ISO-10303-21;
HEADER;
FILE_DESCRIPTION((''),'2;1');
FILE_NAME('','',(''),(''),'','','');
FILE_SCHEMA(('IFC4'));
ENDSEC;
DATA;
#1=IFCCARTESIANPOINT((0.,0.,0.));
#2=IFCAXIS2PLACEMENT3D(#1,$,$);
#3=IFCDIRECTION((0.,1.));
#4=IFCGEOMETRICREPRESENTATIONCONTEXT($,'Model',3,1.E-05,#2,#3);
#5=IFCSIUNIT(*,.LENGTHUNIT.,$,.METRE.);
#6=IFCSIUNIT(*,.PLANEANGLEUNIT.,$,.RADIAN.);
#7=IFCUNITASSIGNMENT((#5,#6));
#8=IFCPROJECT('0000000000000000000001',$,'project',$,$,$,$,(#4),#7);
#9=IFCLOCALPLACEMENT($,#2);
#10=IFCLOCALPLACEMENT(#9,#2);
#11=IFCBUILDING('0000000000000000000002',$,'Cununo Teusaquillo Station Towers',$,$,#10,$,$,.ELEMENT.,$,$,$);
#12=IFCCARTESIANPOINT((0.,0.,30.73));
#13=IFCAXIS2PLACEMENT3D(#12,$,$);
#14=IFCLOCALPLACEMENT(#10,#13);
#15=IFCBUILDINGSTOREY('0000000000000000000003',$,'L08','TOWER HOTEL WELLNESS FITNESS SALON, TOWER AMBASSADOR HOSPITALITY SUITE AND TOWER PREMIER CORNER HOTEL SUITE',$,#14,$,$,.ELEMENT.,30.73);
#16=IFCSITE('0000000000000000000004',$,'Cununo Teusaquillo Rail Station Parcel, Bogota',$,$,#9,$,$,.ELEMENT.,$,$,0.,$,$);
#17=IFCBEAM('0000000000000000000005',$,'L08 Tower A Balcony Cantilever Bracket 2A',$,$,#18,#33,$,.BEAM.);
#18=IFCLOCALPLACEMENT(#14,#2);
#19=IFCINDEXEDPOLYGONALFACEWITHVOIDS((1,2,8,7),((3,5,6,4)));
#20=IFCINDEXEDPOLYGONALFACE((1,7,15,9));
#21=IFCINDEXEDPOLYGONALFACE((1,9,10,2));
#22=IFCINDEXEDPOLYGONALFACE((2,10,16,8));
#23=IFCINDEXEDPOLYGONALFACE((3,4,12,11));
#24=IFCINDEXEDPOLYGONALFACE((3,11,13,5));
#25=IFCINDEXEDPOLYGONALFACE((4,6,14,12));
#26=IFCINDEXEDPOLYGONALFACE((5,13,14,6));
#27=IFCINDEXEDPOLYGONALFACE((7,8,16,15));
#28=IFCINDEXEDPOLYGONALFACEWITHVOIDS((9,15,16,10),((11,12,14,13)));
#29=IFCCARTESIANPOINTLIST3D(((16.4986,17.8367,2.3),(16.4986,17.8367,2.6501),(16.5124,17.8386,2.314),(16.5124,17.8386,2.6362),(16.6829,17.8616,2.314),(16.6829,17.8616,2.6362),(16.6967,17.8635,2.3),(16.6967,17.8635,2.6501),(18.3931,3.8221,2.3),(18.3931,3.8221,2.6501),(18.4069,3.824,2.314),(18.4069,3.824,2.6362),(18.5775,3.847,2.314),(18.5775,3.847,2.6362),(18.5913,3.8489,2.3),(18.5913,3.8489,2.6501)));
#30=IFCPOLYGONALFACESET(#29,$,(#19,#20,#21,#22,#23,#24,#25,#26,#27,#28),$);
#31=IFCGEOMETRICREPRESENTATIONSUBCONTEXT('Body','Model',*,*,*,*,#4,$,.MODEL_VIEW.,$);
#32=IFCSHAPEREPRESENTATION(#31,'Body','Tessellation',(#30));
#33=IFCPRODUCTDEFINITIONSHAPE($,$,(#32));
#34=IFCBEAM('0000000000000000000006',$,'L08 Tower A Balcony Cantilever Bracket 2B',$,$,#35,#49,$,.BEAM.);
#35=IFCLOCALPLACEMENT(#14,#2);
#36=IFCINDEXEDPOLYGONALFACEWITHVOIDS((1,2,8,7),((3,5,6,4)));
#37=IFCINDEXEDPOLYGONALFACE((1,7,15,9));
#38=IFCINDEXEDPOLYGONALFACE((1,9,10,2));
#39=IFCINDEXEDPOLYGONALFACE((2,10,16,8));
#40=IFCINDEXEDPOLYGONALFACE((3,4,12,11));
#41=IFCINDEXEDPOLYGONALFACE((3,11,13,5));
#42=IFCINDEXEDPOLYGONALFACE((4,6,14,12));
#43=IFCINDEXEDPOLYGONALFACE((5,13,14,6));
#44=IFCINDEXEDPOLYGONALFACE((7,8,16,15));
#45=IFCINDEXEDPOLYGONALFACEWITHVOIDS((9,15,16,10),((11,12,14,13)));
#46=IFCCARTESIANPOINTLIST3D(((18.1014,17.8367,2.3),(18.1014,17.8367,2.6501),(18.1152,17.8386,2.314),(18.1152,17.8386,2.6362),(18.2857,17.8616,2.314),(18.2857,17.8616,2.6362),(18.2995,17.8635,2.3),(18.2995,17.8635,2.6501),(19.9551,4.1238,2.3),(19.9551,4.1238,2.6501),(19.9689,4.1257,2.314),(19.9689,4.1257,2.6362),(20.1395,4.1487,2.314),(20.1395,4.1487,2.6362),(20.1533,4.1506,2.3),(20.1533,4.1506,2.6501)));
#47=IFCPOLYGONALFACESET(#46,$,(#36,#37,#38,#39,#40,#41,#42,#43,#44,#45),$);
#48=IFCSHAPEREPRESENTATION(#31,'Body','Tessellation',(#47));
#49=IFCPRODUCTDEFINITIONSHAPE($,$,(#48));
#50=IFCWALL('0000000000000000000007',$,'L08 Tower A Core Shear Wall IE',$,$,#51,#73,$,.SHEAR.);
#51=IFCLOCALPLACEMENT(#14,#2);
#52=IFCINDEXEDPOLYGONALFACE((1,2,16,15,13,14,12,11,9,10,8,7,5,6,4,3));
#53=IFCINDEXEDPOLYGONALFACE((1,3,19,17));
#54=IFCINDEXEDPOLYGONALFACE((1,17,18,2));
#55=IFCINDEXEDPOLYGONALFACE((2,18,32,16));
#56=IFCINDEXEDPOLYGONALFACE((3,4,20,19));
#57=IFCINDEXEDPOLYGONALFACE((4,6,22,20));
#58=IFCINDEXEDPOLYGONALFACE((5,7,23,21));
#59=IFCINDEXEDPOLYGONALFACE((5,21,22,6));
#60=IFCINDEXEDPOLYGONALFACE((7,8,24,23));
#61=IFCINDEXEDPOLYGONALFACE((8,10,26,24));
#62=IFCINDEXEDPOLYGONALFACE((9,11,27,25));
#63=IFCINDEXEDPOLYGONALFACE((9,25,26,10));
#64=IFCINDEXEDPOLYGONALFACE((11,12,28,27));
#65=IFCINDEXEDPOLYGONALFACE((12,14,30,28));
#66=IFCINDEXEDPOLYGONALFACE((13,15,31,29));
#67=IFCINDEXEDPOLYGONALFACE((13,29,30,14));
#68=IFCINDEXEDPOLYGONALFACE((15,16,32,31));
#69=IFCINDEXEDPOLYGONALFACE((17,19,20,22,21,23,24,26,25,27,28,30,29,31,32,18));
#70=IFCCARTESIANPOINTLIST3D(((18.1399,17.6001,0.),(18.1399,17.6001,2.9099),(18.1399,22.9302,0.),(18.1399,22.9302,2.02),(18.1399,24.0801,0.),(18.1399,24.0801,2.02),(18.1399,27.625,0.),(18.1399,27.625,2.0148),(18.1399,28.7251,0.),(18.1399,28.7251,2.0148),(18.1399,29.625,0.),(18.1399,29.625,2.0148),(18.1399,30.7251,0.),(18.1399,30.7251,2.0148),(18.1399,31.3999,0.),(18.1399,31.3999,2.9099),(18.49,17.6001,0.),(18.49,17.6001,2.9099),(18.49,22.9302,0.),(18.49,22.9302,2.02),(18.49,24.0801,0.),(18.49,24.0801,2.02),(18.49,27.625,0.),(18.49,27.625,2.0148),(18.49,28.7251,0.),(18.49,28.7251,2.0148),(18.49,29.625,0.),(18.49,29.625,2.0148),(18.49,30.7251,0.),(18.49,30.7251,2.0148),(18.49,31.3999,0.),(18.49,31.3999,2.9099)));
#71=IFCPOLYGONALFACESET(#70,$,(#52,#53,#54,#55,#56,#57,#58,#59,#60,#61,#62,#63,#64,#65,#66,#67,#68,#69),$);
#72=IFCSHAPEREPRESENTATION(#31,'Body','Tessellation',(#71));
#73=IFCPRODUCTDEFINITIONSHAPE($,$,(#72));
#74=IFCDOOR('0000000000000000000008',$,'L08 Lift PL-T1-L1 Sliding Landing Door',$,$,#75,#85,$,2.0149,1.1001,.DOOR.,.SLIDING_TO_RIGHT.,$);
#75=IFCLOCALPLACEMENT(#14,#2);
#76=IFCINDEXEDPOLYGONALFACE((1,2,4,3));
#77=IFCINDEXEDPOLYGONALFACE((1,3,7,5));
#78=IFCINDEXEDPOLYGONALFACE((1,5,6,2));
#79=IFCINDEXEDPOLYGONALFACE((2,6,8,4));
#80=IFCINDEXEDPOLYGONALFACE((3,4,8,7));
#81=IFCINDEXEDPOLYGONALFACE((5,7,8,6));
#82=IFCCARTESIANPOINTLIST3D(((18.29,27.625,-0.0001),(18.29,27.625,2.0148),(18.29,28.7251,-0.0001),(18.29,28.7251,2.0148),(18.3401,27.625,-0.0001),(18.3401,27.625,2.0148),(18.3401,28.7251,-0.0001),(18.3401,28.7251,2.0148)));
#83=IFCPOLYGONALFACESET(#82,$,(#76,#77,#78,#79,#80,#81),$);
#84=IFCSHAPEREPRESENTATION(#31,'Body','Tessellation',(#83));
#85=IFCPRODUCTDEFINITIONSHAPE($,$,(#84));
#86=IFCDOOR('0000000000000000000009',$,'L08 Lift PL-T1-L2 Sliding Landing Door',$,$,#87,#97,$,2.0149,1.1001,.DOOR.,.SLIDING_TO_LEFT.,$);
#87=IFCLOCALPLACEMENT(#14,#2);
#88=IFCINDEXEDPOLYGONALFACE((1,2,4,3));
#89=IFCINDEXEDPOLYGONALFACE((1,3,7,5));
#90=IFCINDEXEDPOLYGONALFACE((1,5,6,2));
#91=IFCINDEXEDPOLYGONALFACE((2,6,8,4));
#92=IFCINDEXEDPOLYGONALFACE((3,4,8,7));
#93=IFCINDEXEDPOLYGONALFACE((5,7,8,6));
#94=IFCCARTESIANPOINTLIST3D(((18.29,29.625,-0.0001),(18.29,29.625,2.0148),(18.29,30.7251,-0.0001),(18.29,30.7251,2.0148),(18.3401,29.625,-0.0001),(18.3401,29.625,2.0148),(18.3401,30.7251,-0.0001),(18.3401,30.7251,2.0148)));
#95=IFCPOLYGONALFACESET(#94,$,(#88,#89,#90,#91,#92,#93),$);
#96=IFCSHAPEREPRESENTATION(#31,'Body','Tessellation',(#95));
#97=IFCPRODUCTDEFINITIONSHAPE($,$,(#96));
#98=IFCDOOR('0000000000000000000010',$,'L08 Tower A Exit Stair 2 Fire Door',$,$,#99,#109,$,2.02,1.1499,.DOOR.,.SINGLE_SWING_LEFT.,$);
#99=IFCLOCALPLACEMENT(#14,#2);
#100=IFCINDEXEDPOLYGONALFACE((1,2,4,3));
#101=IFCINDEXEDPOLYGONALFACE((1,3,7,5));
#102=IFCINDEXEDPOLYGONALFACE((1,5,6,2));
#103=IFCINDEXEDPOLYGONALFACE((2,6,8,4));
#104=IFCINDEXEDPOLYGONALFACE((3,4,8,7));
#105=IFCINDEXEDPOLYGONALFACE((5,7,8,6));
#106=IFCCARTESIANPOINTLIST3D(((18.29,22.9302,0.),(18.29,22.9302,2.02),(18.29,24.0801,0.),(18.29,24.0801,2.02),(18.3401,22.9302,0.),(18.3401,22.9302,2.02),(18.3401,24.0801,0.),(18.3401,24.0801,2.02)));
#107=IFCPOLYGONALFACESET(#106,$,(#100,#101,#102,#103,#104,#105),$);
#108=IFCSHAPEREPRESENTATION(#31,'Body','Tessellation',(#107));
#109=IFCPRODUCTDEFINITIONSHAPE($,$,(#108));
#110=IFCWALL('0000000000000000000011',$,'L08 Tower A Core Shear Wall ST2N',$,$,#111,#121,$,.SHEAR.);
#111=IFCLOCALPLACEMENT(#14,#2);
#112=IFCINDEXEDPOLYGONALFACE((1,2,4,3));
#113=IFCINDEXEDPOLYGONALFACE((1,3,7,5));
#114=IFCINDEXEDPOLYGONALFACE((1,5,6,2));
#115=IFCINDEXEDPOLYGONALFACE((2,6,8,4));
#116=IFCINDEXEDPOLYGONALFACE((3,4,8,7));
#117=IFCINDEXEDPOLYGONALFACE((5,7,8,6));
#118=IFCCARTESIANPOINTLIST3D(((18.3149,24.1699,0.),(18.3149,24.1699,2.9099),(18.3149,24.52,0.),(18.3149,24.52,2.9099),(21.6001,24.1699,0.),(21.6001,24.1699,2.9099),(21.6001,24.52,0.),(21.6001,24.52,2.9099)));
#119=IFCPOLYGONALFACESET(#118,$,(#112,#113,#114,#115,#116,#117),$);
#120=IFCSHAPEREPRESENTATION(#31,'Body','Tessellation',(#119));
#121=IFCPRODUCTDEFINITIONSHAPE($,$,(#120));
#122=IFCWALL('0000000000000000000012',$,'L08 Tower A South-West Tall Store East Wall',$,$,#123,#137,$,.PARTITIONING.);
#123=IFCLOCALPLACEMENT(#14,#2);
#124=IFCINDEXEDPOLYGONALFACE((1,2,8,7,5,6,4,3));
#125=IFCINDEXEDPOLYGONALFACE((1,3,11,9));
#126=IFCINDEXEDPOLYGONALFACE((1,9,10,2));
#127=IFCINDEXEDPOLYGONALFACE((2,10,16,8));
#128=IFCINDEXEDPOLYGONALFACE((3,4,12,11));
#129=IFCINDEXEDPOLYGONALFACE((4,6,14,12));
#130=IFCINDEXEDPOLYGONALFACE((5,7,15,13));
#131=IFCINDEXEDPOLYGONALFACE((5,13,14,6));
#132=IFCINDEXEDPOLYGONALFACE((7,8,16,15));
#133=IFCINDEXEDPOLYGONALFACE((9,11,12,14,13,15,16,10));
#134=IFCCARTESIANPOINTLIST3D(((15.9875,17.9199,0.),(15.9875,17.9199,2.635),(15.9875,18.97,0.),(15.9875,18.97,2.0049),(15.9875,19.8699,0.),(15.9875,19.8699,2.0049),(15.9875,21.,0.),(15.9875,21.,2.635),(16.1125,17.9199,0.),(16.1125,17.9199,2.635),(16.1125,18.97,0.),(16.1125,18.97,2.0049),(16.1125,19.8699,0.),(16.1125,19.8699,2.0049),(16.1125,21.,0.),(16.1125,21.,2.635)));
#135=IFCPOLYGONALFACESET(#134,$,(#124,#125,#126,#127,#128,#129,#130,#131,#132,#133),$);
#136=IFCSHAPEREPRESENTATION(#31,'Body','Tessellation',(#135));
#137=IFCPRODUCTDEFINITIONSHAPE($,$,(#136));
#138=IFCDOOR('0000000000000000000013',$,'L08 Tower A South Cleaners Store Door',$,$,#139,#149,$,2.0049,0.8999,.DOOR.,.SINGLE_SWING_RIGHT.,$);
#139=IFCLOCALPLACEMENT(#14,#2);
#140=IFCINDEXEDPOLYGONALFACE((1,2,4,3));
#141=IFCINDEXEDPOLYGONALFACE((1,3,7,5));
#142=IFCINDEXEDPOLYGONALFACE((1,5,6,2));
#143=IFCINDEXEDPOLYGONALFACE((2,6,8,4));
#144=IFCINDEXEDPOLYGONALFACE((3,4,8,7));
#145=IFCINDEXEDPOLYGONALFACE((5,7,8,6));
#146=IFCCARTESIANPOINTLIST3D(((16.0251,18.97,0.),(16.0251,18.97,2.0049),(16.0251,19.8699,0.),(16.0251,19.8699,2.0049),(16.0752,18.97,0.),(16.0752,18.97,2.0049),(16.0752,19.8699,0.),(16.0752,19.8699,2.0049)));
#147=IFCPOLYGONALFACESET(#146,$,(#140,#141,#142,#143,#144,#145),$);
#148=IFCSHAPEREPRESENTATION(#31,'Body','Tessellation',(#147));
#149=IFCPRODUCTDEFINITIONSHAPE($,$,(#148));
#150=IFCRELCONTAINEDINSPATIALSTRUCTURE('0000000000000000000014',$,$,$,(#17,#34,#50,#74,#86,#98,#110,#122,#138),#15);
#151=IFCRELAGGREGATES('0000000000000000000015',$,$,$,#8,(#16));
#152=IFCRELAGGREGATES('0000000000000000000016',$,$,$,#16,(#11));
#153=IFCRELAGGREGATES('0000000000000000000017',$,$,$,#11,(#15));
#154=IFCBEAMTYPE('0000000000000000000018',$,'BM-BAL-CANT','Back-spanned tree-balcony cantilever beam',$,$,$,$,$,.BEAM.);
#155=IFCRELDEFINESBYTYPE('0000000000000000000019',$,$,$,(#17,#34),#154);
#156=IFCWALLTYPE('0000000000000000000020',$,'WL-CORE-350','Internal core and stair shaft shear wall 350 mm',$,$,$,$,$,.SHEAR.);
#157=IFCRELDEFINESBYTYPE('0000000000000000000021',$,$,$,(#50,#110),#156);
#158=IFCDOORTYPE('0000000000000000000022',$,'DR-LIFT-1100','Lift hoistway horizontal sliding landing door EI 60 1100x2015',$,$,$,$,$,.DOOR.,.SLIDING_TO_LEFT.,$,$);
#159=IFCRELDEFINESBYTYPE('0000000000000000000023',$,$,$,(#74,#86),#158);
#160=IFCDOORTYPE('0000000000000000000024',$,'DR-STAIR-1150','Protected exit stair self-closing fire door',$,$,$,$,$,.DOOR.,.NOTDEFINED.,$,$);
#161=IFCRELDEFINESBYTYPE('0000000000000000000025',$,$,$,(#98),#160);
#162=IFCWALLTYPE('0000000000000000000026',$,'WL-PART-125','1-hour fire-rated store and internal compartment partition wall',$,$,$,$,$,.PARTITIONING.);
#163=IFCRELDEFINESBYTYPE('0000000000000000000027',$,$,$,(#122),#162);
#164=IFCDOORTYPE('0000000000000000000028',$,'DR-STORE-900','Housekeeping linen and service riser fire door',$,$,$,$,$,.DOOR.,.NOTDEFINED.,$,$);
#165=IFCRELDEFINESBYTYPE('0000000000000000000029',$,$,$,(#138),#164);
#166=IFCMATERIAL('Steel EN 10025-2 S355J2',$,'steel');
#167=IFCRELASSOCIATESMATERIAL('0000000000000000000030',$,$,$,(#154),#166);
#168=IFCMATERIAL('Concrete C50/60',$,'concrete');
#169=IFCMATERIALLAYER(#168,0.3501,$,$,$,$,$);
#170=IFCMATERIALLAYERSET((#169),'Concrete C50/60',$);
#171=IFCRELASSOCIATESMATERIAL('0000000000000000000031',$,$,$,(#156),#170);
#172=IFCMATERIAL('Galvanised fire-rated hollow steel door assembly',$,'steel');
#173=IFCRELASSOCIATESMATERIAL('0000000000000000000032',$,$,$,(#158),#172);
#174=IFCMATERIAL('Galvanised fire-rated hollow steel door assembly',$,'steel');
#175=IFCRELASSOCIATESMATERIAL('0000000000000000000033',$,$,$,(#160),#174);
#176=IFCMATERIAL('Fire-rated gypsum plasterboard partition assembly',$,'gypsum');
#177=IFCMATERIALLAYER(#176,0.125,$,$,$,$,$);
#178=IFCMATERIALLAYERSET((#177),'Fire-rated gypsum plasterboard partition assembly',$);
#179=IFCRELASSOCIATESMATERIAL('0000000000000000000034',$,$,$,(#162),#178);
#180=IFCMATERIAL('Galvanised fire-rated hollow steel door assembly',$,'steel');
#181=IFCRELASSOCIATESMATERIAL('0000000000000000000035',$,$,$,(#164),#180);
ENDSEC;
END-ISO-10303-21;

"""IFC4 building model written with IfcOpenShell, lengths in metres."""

from ifc_helpers import new_model, si_unit, direction, frame, frame_2d, origin, origin_2d, place, context, subcontext, project, spatial, rectangle, hollow_rectangle, extrude, source, transform, mapped, material, layer, layer_set, material_profile, profile_set, type_object, element, fill, save


model = new_model("IFC4")

# Units and contexts
model_context = context("Model", 3, precision=1e-05, world=origin(), true_north=direction((0.0, 1.0)))
body_context = subcontext(model_context, "Body", "Model", "MODEL_VIEW")
ifc_project = project(units=[si_unit("LENGTHUNIT", "METRE"), si_unit("PLANEANGLEUNIT", "RADIAN")], contexts=[model_context])

# Site, building, storey
site_placement = place(None, origin())
site = spatial("IfcSite", under=ifc_project, at=site_placement, Name="Cununo Teusaquillo Rail Station Parcel, Bogota", CompositionType="ELEMENT", RefElevation=0.0)
building_placement = place(site_placement, origin())
building = spatial("IfcBuilding", under=site, at=building_placement, Name="Cununo Teusaquillo Station Towers", CompositionType="ELEMENT")
storey_placement = place(building_placement, frame((0.0, 0.0, 30.73)))
storey = spatial("IfcBuildingStorey", under=building, at=storey_placement, Name="L08", Description="TOWER HOTEL WELLNESS FITNESS SALON, TOWER AMBASSADOR HOSPITALITY SUITE AND TOWER PREMIER CORNER HOTEL SUITE", CompositionType="ELEMENT", Elevation=30.73)

# Beams
ifc_material_1 = material(Name="Steel EN 10025-2 S355J2", Category="steel")
ifc_material_profile = material_profile(ifc_material_1, hollow_rectangle(XDim=0.2, YDim=0.3501, WallThickness=0.0139, at=origin_2d()), Name="RHS 350x200x14")
ifc_profile_set = profile_set([ifc_material_profile], Name="Steel EN 10025-2 S355J2")
beam_type = type_object("IfcBeamType", Name="BM-BAL-CANT", Description="Back-spanned tree-balcony cantilever beam", PredefinedType="BEAM", material=ifc_profile_set)
beam_1_placement = place(storey_placement, frame((16.5977, 17.8501, 2.4751), z_axis=(0.133964, -0.990986, 0.0), x_axis=(0.990986, 0.133964, 0.0)))
element("IfcBeam", 1, at=beam_1_placement, inside=storey, type_object=beam_type, Name="L08 Tower A Balcony Cantilever Bracket 2A", PredefinedType="BEAM", context=body_context, shape_type="SweptSolid", body=[
    extrude(hollow_rectangle(XDim=0.2, YDim=0.3501, WallThickness=0.0139, at=origin_2d()), origin(), (0.0, 0.0, 1.0), 14.1421),
])
beam_2_placement = place(storey_placement, frame((18.2004, 17.8501, 2.4751), z_axis=(0.133965, -0.990986, 0.0), x_axis=(0.990986, 0.133965, 0.0)))
element("IfcBeam", 2, at=beam_2_placement, inside=storey, type_object=beam_type, Name="L08 Tower A Balcony Cantilever Bracket 2B", PredefinedType="BEAM", context=body_context, shape_type="SweptSolid", body=[
    extrude(hollow_rectangle(XDim=0.2, YDim=0.3501, WallThickness=0.0139, at=origin_2d()), origin(), (0.0, 0.0, 1.0), 13.8376),
])

# Wall, openings, doors
ifc_material_2 = material(Name="Concrete C50/60", Category="concrete")
ifc_layer_1 = layer(ifc_material_2, 0.3501)
ifc_layer_set_1 = layer_set([ifc_layer_1], Name="Concrete C50/60")
wall_type_1 = type_object("IfcWallType", Name="WL-CORE-350", Description="Internal core and stair shaft shear wall 350 mm", PredefinedType="SHEAR", material=ifc_layer_set_1)
wall_1_placement = place(storey_placement, frame((18.3149, 17.6001, 0.0), z_axis=(0.0, 0.0, 1.0), x_axis=(0.0, 1.0, 0.0)))
wall_1 = element("IfcWall", 3, at=wall_1_placement, inside=storey, type_object=wall_type_1, Name="L08 Tower A Core Shear Wall IE", PredefinedType="SHEAR", context=body_context, shape_type="SweptSolid", body=[
    extrude(rectangle(XDim=13.7998, YDim=0.3501, at=frame_2d((6.8999, 0.0))), origin(), (0.0, 0.0, 1.0), 2.9099),
])
shared_shape_1 = source(origin(), body_context, "Body", "SweptSolid", [
    extrude(rectangle(XDim=1.1001, YDim=2.0149, at=frame_2d((0.55, 1.0073))), frame((0.0, 0.1851, 0.0), z_axis=(0.0, -1.0, 0.0), x_axis=(1.0, 0.0, 0.0)), (0.0, 0.0, 1.0), 0.3701),
])
opening_1_placement = place(wall_1_placement, frame((10.0249, 0.0, 0.0)))
opening_1 = element("IfcOpeningElement", 4, at=opening_1_placement, cuts=wall_1, PredefinedType="OPENING", context=body_context, shape_type="MappedRepresentation", body=[
    mapped(shared_shape_1, transform((0.0, 0.0, 0.0), x_axis=(1.0, 0.0, 0.0), y_axis=(0.0, 1.0, 0.0), z_axis=(0.0, 0.0, 1.0), scale=1.0)),
])
opening_2_placement = place(wall_1_placement, frame((12.0249, 0.0, 0.0)))
opening_2 = element("IfcOpeningElement", 5, at=opening_2_placement, cuts=wall_1, PredefinedType="OPENING", context=body_context, shape_type="MappedRepresentation", body=[
    mapped(shared_shape_1, transform((0.0, 0.0, 0.0), x_axis=(1.0, 0.0, 0.0), y_axis=(0.0, 1.0, 0.0), z_axis=(0.0, 0.0, 1.0), scale=1.0)),
])
shared_shape_2 = source(origin(), body_context, "Body", "SweptSolid", [
    extrude(rectangle(XDim=1.1499, YDim=2.02, at=frame_2d((0.575, 1.01))), frame((0.0, 0.1851, 0.0), z_axis=(0.0, -1.0, 0.0), x_axis=(1.0, 0.0, 0.0)), (0.0, 0.0, 1.0), 0.3701),
])
opening_3_placement = place(wall_1_placement, frame((5.3301, 0.0, 0.0)))
opening_3 = element("IfcOpeningElement", 6, at=opening_3_placement, cuts=wall_1, PredefinedType="OPENING", context=body_context, shape_type="MappedRepresentation", body=[
    mapped(shared_shape_2, transform((0.0, 0.0, 0.0), x_axis=(1.0, 0.0, 0.0), y_axis=(0.0, 1.0, 0.0), z_axis=(0.0, 0.0, 1.0), scale=1.0)),
])
ifc_material_3 = material(Name="Galvanised fire-rated hollow steel door assembly", Category="steel")
door_type_1 = type_object("IfcDoorType", Name="DR-LIFT-1100", Description="Lift hoistway horizontal sliding landing door EI 60 1100x2015", OperationType="SLIDING_TO_LEFT", PredefinedType="DOOR", material=ifc_material_3)
shared_shape_3 = source(origin(), body_context, "Body", "SweptSolid", [
    extrude(rectangle(XDim=1.1001, YDim=2.0149, at=frame_2d((0.55, 1.0073))), frame((0.0, 0.0249, 0.0), z_axis=(0.0, -1.0, 0.0), x_axis=(1.0, 0.0, 0.0)), (0.0, 0.0, 1.0), 0.05),
])
door_1_placement = place(opening_1_placement, origin())
door_1 = element("IfcDoor", 7, at=door_1_placement, inside=storey, type_object=door_type_1, Name="L08 Lift PL-T1-L1 Sliding Landing Door", OperationType="SLIDING_TO_RIGHT", OverallHeight=2.0149, OverallWidth=1.1001, PredefinedType="DOOR", context=body_context, shape_type="MappedRepresentation", body=[
    mapped(shared_shape_3, transform((0.0, 0.0, 0.0), x_axis=(1.0, 0.0, 0.0), y_axis=(0.0, 1.0, 0.0), z_axis=(0.0, 0.0, 1.0), scale=1.0)),
])
fill(opening_1, door_1)
door_2_placement = place(opening_2_placement, origin())
door_2 = element("IfcDoor", 8, at=door_2_placement, inside=storey, type_object=door_type_1, Name="L08 Lift PL-T1-L2 Sliding Landing Door", OperationType="SLIDING_TO_LEFT", OverallHeight=2.0149, OverallWidth=1.1001, PredefinedType="DOOR", context=body_context, shape_type="MappedRepresentation", body=[
    mapped(shared_shape_3, transform((0.0, 0.0, 0.0), x_axis=(1.0, 0.0, 0.0), y_axis=(0.0, 1.0, 0.0), z_axis=(0.0, 0.0, 1.0), scale=1.0)),
])
fill(opening_2, door_2)
ifc_material_4 = material(Name="Galvanised fire-rated hollow steel door assembly", Category="steel")
door_type_2 = type_object("IfcDoorType", Name="DR-STAIR-1150", Description="Protected exit stair self-closing fire door", OperationType="NOTDEFINED", PredefinedType="DOOR", material=ifc_material_4)
shared_shape_4 = source(origin(), body_context, "Body", "SweptSolid", [
    extrude(rectangle(XDim=1.1499, YDim=2.02, at=frame_2d((0.575, 1.01))), frame((0.0, 0.0249, 0.0), z_axis=(0.0, -1.0, 0.0), x_axis=(1.0, 0.0, 0.0)), (0.0, 0.0, 1.0), 0.05),
])
door_3_placement = place(opening_3_placement, origin())
door_3 = element("IfcDoor", 9, at=door_3_placement, inside=storey, type_object=door_type_2, Name="L08 Tower A Exit Stair 2 Fire Door", OperationType="SINGLE_SWING_LEFT", OverallHeight=2.02, OverallWidth=1.1499, PredefinedType="DOOR", context=body_context, shape_type="MappedRepresentation", body=[
    mapped(shared_shape_4, transform((0.0, 0.0, 0.0), x_axis=(1.0, 0.0, 0.0), y_axis=(0.0, 1.0, 0.0), z_axis=(0.0, 0.0, 1.0), scale=1.0)),
])
fill(opening_3, door_3)

# Wall
wall_2_placement = place(storey_placement, frame((18.3149, 24.345, 0.0), z_axis=(0.0, 0.0, 1.0), x_axis=(1.0, 0.0, 0.0)))
element("IfcWall", 10, at=wall_2_placement, inside=storey, type_object=wall_type_1, Name="L08 Tower A Core Shear Wall ST2N", PredefinedType="SHEAR", context=body_context, shape_type="SweptSolid", body=[
    extrude(rectangle(XDim=3.2852, YDim=0.3501, at=frame_2d((1.6426, 0.0))), origin(), (0.0, 0.0, 1.0), 2.9099),
])

# Wall, opening, door
ifc_material_5 = material(Name="Fire-rated gypsum plasterboard partition assembly", Category="gypsum")
ifc_layer_2 = layer(ifc_material_5, 0.125)
ifc_layer_set_2 = layer_set([ifc_layer_2], Name="Fire-rated gypsum plasterboard partition assembly")
wall_type_2 = type_object("IfcWallType", Name="WL-PART-125", Description="1-hour fire-rated store and internal compartment partition wall", PredefinedType="PARTITIONING", material=ifc_layer_set_2)
wall_3_placement = place(storey_placement, frame((16.05, 17.9199, 0.0), z_axis=(0.0, 0.0, 1.0), x_axis=(0.0, 1.0, 0.0)))
wall_3 = element("IfcWall", 11, at=wall_3_placement, inside=storey, type_object=wall_type_2, Name="L08 Tower A South-West Tall Store East Wall", PredefinedType="PARTITIONING", context=body_context, shape_type="SweptSolid", body=[
    extrude(rectangle(XDim=3.0801, YDim=0.125, at=frame_2d((1.54, 0.0))), origin(), (0.0, 0.0, 1.0), 2.635),
])
shared_shape_5 = source(origin(), body_context, "Body", "SweptSolid", [
    extrude(rectangle(XDim=0.8999, YDim=2.0049, at=frame_2d((0.45, 1.0024))), frame((0.0, 0.0725, 0.0), z_axis=(0.0, -1.0, 0.0), x_axis=(1.0, 0.0, 0.0)), (0.0, 0.0, 1.0), 0.145),
])
opening_4_placement = place(wall_3_placement, frame((1.05, 0.0, 0.0)))
opening_4 = element("IfcOpeningElement", 12, at=opening_4_placement, cuts=wall_3, PredefinedType="OPENING", context=body_context, shape_type="MappedRepresentation", body=[
    mapped(shared_shape_5, transform((0.0, 0.0, 0.0), x_axis=(1.0, 0.0, 0.0), y_axis=(0.0, 1.0, 0.0), z_axis=(0.0, 0.0, 1.0), scale=1.0)),
])
ifc_material_6 = material(Name="Galvanised fire-rated hollow steel door assembly", Category="steel")
door_type_3 = type_object("IfcDoorType", Name="DR-STORE-900", Description="Housekeeping linen and service riser fire door", OperationType="NOTDEFINED", PredefinedType="DOOR", material=ifc_material_6)
shared_shape_6 = source(origin(), body_context, "Body", "SweptSolid", [
    extrude(rectangle(XDim=0.8999, YDim=2.0049, at=frame_2d((0.45, 1.0024))), frame((0.0, 0.0249, 0.0), z_axis=(0.0, -1.0, 0.0), x_axis=(1.0, 0.0, 0.0)), (0.0, 0.0, 1.0), 0.05),
])
door_4_placement = place(opening_4_placement, origin())
door_4 = element("IfcDoor", 13, at=door_4_placement, inside=storey, type_object=door_type_3, Name="L08 Tower A South Cleaners Store Door", OperationType="SINGLE_SWING_RIGHT", OverallHeight=2.0049, OverallWidth=0.8999, PredefinedType="DOOR", context=body_context, shape_type="MappedRepresentation", body=[
    mapped(shared_shape_6, transform((0.0, 0.0, 0.0), x_axis=(1.0, 0.0, 0.0), y_axis=(0.0, 1.0, 0.0), z_axis=(0.0, 0.0, 1.0), scale=1.0)),
])
fill(opening_4, door_4)

save(model, "model.ifc")
